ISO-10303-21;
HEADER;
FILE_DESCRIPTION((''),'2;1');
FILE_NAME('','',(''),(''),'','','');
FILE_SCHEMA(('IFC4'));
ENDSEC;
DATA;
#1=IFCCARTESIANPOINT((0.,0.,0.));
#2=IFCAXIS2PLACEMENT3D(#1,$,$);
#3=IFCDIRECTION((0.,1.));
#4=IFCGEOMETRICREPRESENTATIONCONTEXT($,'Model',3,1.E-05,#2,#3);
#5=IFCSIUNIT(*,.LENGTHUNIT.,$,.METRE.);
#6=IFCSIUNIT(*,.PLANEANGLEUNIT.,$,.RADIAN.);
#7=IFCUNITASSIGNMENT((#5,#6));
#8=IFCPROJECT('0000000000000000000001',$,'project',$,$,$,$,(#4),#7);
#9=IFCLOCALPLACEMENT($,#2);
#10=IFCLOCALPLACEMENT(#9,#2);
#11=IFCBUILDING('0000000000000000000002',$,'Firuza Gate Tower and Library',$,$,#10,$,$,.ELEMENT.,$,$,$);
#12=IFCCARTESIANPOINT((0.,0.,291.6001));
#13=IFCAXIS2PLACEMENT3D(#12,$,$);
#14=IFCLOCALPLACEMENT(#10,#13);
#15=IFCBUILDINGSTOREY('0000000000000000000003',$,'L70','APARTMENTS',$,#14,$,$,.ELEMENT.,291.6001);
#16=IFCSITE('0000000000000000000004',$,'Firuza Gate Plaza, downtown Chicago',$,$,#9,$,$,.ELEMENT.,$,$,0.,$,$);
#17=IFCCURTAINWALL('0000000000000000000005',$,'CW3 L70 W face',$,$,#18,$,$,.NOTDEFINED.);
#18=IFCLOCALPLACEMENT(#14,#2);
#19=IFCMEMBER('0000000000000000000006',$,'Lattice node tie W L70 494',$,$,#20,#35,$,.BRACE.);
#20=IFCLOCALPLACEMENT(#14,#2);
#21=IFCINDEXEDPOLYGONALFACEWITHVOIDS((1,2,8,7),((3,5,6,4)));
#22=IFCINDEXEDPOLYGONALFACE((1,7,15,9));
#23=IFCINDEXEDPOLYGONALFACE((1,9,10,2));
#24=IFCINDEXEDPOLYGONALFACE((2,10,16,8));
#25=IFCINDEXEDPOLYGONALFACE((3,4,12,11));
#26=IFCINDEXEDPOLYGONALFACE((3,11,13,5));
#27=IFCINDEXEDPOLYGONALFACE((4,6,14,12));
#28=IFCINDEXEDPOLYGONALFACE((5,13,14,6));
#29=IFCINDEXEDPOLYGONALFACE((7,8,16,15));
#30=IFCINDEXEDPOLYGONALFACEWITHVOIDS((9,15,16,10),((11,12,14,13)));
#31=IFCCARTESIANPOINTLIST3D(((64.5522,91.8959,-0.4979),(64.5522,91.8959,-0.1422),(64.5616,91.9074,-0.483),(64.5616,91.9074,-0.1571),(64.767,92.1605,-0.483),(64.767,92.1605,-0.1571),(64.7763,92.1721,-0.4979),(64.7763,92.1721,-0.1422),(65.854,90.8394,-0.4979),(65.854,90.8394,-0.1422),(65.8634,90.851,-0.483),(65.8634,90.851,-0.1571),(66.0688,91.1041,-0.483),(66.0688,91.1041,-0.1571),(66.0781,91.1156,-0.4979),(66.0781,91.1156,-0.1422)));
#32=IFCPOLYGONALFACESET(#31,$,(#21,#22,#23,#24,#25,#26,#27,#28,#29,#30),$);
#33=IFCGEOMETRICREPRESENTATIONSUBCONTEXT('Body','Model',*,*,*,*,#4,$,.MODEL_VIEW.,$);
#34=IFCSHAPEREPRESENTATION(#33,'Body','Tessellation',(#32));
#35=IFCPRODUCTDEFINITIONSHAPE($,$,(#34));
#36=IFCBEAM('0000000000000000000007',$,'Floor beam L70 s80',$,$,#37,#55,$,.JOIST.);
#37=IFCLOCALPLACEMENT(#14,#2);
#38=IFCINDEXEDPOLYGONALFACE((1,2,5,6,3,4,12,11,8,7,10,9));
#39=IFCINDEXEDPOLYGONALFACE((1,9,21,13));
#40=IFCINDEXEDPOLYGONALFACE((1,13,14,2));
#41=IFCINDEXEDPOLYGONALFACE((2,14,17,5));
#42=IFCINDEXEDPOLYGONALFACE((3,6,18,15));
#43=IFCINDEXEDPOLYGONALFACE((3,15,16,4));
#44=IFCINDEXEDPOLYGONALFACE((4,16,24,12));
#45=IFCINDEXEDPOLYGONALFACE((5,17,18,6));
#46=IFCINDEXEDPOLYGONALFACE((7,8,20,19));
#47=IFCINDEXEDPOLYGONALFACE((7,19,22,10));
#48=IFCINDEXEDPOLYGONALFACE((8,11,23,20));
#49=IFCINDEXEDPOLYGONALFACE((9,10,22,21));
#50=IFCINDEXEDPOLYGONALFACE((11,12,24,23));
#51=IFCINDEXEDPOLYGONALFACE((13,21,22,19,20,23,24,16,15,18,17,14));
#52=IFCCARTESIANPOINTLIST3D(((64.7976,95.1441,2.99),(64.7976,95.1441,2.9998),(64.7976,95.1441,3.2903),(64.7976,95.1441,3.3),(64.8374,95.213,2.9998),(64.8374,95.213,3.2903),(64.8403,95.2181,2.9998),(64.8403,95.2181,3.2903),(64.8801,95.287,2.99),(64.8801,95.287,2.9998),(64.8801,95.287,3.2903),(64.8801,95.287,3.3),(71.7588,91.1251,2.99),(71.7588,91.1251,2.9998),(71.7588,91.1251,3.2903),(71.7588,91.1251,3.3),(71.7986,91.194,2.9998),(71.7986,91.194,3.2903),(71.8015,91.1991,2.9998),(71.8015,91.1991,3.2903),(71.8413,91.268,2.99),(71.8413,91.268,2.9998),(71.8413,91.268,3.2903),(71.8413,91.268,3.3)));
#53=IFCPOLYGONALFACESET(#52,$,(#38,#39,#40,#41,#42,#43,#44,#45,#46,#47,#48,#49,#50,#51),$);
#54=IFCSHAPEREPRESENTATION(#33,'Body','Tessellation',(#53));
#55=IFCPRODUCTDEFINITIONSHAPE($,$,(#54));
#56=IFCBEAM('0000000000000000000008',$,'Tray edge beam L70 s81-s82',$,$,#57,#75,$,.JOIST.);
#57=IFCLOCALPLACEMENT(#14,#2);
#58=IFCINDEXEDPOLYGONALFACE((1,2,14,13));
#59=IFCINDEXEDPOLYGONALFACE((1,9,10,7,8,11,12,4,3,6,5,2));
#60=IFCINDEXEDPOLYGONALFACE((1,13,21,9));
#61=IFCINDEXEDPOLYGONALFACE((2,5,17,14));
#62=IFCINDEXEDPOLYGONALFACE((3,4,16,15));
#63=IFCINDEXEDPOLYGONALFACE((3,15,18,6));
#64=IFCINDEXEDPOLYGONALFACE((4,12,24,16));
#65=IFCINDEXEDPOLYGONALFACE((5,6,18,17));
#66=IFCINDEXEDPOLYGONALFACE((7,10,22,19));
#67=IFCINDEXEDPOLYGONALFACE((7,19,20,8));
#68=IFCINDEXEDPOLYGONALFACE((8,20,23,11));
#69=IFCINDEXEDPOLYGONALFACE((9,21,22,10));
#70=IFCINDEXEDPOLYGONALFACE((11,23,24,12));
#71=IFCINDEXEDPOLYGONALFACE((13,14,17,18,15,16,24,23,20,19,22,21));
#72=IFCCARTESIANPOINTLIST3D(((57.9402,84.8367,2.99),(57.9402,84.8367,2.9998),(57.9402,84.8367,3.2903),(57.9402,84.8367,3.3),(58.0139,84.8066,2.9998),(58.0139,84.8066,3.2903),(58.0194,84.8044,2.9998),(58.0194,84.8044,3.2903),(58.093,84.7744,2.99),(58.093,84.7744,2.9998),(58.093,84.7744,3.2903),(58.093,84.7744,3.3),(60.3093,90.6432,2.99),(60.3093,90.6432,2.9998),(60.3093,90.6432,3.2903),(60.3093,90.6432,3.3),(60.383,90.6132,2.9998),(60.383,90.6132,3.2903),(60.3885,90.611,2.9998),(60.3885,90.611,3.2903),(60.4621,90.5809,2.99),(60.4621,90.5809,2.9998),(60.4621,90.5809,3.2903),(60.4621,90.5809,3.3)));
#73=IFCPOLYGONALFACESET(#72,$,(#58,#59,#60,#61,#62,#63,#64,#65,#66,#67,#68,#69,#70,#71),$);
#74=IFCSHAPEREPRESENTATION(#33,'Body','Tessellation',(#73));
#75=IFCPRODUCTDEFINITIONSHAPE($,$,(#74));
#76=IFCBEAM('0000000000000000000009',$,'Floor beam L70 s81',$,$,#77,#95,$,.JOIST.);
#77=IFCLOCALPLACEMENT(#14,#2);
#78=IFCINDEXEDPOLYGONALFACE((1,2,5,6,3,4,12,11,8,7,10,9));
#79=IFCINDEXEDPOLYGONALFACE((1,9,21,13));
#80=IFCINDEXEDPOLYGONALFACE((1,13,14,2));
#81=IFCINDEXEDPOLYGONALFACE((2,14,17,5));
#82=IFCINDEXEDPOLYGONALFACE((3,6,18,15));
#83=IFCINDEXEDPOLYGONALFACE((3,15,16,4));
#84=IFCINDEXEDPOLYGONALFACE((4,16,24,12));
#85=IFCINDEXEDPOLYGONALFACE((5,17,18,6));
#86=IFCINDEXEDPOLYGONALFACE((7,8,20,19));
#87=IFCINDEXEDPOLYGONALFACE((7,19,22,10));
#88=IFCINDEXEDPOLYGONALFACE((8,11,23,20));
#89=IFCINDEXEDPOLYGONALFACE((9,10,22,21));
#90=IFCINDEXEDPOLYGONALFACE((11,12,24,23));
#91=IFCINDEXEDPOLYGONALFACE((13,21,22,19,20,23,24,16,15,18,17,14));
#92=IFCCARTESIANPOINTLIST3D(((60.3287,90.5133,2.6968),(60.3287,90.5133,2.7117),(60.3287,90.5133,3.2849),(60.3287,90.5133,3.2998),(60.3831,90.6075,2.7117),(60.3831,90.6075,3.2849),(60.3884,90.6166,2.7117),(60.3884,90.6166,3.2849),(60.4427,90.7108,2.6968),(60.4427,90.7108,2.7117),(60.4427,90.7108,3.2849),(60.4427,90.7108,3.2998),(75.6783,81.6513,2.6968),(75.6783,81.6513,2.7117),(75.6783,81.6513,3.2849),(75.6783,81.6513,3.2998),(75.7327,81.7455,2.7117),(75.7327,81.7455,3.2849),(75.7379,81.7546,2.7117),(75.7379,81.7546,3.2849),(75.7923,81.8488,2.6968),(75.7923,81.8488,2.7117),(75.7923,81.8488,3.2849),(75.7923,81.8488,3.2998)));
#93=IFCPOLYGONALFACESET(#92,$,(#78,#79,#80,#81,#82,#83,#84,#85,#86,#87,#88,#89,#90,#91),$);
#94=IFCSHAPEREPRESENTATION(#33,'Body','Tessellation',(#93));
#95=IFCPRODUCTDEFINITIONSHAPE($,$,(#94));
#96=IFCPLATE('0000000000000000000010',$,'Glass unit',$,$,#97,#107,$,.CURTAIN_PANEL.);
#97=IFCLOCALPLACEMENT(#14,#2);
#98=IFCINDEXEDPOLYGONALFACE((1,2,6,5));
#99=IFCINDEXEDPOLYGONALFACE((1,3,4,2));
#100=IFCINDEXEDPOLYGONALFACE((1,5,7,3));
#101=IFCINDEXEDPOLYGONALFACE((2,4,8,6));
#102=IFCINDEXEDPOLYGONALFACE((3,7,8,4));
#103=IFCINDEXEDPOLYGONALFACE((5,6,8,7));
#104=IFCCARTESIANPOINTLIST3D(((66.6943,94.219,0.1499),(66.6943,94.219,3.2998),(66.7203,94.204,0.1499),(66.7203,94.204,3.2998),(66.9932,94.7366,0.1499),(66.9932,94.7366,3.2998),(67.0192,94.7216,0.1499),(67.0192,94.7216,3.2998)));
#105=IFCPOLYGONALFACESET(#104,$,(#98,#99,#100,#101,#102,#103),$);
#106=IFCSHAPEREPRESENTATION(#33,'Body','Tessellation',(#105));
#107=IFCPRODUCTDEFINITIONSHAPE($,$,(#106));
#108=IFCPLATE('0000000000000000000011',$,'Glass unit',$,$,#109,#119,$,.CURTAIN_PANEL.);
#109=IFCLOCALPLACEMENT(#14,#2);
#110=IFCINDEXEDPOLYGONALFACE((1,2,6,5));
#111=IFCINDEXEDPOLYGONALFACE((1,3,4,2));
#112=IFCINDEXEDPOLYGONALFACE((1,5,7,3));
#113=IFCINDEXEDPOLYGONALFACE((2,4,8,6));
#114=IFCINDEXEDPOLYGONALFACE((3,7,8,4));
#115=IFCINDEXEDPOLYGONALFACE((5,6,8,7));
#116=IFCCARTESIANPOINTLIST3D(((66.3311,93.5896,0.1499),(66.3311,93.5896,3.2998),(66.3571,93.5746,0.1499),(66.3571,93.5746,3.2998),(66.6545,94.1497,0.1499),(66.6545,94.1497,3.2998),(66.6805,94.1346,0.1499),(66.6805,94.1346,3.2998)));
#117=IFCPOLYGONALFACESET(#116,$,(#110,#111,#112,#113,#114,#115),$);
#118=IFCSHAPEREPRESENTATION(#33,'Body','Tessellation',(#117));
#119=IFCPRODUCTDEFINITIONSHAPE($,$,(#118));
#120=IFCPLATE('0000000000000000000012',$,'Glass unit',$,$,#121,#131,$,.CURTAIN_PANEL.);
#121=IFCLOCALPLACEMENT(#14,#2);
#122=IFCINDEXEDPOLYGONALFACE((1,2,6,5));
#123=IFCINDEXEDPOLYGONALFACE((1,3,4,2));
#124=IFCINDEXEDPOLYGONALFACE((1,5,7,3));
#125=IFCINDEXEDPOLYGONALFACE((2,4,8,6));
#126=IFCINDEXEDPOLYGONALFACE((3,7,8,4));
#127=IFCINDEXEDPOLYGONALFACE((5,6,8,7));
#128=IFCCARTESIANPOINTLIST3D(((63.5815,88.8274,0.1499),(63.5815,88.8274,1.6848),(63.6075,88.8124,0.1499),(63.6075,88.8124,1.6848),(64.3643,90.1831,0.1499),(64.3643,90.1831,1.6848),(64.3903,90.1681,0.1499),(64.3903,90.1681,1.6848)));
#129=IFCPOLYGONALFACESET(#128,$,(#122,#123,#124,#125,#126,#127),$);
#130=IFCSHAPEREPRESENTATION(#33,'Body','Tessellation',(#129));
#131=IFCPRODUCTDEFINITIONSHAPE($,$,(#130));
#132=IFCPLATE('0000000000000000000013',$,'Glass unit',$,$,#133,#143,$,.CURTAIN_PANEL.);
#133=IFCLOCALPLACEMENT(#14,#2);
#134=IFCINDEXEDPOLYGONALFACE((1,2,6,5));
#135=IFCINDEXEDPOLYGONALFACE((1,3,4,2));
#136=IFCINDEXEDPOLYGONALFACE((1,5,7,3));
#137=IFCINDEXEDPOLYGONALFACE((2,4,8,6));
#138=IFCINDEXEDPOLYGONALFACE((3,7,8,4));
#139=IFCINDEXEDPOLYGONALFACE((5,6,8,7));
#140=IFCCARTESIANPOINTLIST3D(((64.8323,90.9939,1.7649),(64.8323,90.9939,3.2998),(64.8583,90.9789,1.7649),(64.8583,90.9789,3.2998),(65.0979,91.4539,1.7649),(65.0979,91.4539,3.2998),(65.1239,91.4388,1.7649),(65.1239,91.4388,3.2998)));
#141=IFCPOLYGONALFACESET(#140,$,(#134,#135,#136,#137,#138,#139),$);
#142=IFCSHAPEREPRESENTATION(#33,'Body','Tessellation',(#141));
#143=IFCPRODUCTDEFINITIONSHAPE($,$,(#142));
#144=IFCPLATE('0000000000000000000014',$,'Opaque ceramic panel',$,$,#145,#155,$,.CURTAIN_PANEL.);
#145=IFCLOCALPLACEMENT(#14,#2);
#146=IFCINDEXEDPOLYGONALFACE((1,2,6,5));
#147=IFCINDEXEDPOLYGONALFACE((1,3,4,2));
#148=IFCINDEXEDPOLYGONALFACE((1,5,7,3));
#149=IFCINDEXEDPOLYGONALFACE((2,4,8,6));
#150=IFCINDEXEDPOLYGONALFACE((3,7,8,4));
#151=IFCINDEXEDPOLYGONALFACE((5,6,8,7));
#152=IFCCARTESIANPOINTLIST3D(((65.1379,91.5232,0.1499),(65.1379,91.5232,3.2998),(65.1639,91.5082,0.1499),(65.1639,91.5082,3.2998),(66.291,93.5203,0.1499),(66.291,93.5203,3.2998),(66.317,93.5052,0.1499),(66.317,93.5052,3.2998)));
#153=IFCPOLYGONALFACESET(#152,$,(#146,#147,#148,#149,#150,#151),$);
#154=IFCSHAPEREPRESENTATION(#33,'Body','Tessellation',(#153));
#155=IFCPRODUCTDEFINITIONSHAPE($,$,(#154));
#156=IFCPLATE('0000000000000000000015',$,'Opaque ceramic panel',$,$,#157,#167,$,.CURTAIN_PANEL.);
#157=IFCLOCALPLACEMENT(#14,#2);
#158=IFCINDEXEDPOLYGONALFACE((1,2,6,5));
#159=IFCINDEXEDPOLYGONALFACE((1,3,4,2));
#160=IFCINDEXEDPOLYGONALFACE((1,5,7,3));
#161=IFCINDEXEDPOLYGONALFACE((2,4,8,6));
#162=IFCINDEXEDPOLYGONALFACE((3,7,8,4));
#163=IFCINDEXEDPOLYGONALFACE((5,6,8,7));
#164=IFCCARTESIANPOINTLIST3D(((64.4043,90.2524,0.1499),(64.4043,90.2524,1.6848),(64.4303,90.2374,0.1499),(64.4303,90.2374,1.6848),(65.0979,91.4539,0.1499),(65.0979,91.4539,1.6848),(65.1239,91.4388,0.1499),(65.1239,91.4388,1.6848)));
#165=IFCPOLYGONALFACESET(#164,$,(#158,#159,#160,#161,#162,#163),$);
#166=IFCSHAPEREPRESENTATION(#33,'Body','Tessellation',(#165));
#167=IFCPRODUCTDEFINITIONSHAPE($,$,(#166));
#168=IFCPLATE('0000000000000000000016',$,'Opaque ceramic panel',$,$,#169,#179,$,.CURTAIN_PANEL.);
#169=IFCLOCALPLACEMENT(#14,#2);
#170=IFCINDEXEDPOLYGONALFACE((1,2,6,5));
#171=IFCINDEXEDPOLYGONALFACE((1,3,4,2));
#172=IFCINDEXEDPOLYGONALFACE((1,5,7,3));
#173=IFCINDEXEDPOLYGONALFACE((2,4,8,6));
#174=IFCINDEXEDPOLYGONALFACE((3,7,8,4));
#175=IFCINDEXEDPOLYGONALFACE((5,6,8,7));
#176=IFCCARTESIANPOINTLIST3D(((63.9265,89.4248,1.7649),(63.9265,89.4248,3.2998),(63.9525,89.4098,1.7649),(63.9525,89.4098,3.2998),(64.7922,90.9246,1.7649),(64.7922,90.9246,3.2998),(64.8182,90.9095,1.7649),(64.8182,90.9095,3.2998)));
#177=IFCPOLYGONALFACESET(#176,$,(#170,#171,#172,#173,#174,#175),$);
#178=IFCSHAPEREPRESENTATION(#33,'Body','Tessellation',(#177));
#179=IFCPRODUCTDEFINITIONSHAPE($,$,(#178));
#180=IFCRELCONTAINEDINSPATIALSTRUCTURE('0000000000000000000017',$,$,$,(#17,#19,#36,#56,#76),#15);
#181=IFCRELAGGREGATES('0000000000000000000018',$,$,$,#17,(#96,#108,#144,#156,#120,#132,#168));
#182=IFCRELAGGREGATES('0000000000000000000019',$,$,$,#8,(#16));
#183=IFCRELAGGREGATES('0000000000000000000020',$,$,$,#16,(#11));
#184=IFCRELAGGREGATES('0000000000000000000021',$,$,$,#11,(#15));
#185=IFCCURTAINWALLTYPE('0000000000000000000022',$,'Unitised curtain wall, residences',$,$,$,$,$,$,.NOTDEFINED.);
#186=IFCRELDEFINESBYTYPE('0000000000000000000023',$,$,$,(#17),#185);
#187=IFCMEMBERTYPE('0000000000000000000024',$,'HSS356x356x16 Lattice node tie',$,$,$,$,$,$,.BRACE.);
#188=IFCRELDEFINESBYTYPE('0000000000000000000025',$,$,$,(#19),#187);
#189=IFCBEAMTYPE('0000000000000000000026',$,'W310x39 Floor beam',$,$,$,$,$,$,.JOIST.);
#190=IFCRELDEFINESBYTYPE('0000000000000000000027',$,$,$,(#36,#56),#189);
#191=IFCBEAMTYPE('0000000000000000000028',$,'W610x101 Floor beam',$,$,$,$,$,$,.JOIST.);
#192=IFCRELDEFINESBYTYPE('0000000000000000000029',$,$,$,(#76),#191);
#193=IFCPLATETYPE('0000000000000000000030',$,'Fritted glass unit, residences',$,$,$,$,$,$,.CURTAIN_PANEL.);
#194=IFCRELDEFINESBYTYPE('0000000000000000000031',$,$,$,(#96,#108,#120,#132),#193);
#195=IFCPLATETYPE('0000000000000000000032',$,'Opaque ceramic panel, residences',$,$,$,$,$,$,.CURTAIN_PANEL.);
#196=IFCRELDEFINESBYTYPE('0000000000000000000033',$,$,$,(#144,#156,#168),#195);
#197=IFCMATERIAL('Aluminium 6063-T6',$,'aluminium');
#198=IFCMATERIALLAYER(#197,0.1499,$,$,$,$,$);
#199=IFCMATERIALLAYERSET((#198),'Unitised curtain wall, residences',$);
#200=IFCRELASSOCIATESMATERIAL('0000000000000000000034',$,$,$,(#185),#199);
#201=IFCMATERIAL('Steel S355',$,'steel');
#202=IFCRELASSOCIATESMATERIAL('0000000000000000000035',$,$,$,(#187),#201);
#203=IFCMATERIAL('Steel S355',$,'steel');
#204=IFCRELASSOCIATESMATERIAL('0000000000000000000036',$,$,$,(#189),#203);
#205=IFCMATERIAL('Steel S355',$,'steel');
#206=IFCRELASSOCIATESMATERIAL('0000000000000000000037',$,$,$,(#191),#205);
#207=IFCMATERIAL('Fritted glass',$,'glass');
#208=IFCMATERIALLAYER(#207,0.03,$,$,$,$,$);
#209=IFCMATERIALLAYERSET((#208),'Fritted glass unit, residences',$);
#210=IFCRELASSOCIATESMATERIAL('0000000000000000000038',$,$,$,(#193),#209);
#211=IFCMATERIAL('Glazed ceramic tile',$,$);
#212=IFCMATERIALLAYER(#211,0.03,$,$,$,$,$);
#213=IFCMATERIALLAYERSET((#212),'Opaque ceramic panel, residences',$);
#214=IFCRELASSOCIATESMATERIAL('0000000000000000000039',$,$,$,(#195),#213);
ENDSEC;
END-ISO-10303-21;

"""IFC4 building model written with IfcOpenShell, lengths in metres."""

from ifc_helpers import new_model, si_unit, direction, frame, origin, origin_2d, place, context, subcontext, project, spatial, polyline, hollow_rectangle, i_section, outline, extrude, material, layer, layer_set, material_profile, profile_set, type_object, element, aggregate, save


model = new_model("IFC4")

# Units and contexts
model_context = context("Model", 3, precision=1e-05, world=origin(), true_north=direction((0.0, 1.0)))
body_context = subcontext(model_context, "Body", "Model", "MODEL_VIEW")
ifc_project = project(units=[si_unit("LENGTHUNIT", "METRE"), si_unit("PLANEANGLEUNIT", "RADIAN")], contexts=[model_context])

# Site, building, storey
site_placement = place(None, origin())
site = spatial("IfcSite", under=ifc_project, at=site_placement, Name="Firuza Gate Plaza, downtown Chicago", CompositionType="ELEMENT", RefElevation=0.0)
building_placement = place(site_placement, origin())
building = spatial("IfcBuilding", under=site, at=building_placement, Name="Firuza Gate Tower and Library", CompositionType="ELEMENT")
storey_placement = place(building_placement, frame((0.0, 0.0, 291.6001)))
storey = spatial("IfcBuildingStorey", under=building, at=storey_placement, Name="L70", Description="APARTMENTS", CompositionType="ELEMENT", Elevation=291.6001)

# Curtain wall
ifc_material_1 = material(Name="Aluminium 6063-T6", Category="aluminium")
ifc_layer_1 = layer(ifc_material_1, 0.1499)
ifc_layer_set_1 = layer_set([ifc_layer_1], Name="Unitised curtain wall, residences")
curtain_wall_type = type_object("IfcCurtainWallType", Name="Unitised curtain wall, residences", PredefinedType="NOTDEFINED", material=ifc_layer_set_1)
placement = place(storey_placement, origin())
curtain_wall = element("IfcCurtainWall", 1, at=placement, inside=storey, type_object=curtain_wall_type, Name="CW3 L70 W face", PredefinedType="NOTDEFINED")

# Member
ifc_material_2 = material(Name="Steel S355", Category="steel")
ifc_material_profile_1 = material_profile(ifc_material_2, hollow_rectangle(XDim=0.3557, YDim=0.3557, WallThickness=0.0149, at=origin_2d()))
ifc_profile_set_1 = profile_set([ifc_material_profile_1], Name="Steel S355")
member_type_1 = type_object("IfcMemberType", Name="HSS356x356x16 Lattice node tie", PredefinedType="BRACE", material=ifc_profile_set_1)
member_1_placement = place(storey_placement, frame((65.9661, 90.9775, -0.3201), z_axis=(-0.776488, 0.630132, 0.0), x_axis=(-0.630132, -0.776488, 0.0)))
element("IfcMember", 2, at=member_1_placement, inside=storey, type_object=member_type_1, Name="Lattice node tie W L70 494", PredefinedType="BRACE", context=body_context, shape_type="SweptSolid", body=[
    extrude(hollow_rectangle(XDim=0.3557, YDim=0.3557, WallThickness=0.0149, at=origin_2d()), origin(), (0.0, 0.0, 1.0), 1.6765),
])

# Beams
ifc_material_3 = material(Name="Steel S355", Category="steel")
ifc_material_profile_2 = material_profile(ifc_material_3, i_section(OverallWidth=0.165, OverallDepth=0.3101, WebThickness=0.0059, FlangeThickness=0.0098, at=origin_2d()))
ifc_profile_set_2 = profile_set([ifc_material_profile_2], Name="Steel S355")
beam_type_1 = type_object("IfcBeamType", Name="W310x39 Floor beam", PredefinedType="JOIST", material=ifc_profile_set_2)
beam_1_placement = place(storey_placement, frame((64.8389, 95.2156, 3.145), z_axis=(0.866025, -0.5, 0.0), x_axis=(0.5, 0.866025, 0.0)))
element("IfcBeam", 3, at=beam_1_placement, inside=storey, type_object=beam_type_1, Name="Floor beam L70 s80", PredefinedType="JOIST", context=body_context, shape_type="SweptSolid", body=[
    extrude(i_section(OverallWidth=0.165, OverallDepth=0.3101, WebThickness=0.0059, FlangeThickness=0.0098, at=origin_2d()), origin(), (0.0, 0.0, 1.0), 8.0381),
])
beam_2_placement = place(storey_placement, frame((60.3857, 90.6121, 3.145), z_axis=(-0.377772, -0.925899, 0.0), x_axis=(0.925899, -0.377772, 0.0)))
element("IfcBeam", 4, at=beam_2_placement, inside=storey, type_object=beam_type_1, Name="Tray edge beam L70 s81-s82", PredefinedType="JOIST", context=body_context, shape_type="SweptSolid", body=[
    extrude(i_section(OverallWidth=0.165, OverallDepth=0.3101, WebThickness=0.0059, FlangeThickness=0.0098, at=origin_2d()), origin(), (0.0, 0.0, 1.0), 6.2712),
])
ifc_material_4 = material(Name="Steel S355", Category="steel")
ifc_material_profile_3 = material_profile(ifc_material_4, i_section(OverallWidth=0.228, OverallDepth=0.603, WebThickness=0.0105, FlangeThickness=0.0149, at=origin_2d()))
ifc_profile_set_3 = profile_set([ifc_material_profile_3], Name="Steel S355")
beam_type_2 = type_object("IfcBeamType", Name="W610x101 Floor beam", PredefinedType="JOIST", material=ifc_profile_set_3)
beam_3_placement = place(storey_placement, frame((60.3857, 90.6121, 2.9983), z_axis=(0.866026, -0.499998, 0.0), x_axis=(0.499998, 0.866026, 0.0)))
element("IfcBeam", 5, at=beam_3_placement, inside=storey, type_object=beam_type_2, Name="Floor beam L70 s81", PredefinedType="JOIST", context=body_context, shape_type="SweptSolid", body=[
    extrude(i_section(OverallWidth=0.228, OverallDepth=0.603, WebThickness=0.0105, FlangeThickness=0.0149, at=origin_2d()), origin(), (0.0, 0.0, 1.0), 17.7241),
])

# Plates
ifc_material_5 = material(Name="Fritted glass", Category="glass")
ifc_layer_2 = layer(ifc_material_5, 0.03)
ifc_layer_set_2 = layer_set([ifc_layer_2], Name="Fritted glass unit, residences")
plate_type_1 = type_object("IfcPlateType", Name="Fritted glass unit, residences", PredefinedType="CURTAIN_PANEL", material=ifc_layer_set_2)
plate_1_placement = place(storey_placement, frame((66.9932, 94.7366, 0.1499), z_axis=(-0.866022, 0.500005, 0.0), x_axis=(-0.500005, -0.866022, 0.0)))
plate_1 = element("IfcPlate", 6, at=plate_1_placement, type_object=plate_type_1, Name="Glass unit", PredefinedType="CURTAIN_PANEL", context=body_context, shape_type="SweptSolid", body=[
    extrude(outline(polyline([(0.0, 0.0), (0.5976, 0.0), (0.5976, 3.1499), (0.0, 3.1499), (0.0, 0.0)])), origin(), (0.0, 0.0, -1.0), 0.03),
])
plate_2_placement = place(storey_placement, frame((66.6545, 94.1497, 0.1499), z_axis=(-0.865934, 0.500158, 0.0), x_axis=(-0.500158, -0.865934, 0.0)))
plate_2 = element("IfcPlate", 7, at=plate_2_placement, type_object=plate_type_1, Name="Glass unit", PredefinedType="CURTAIN_PANEL", context=body_context, shape_type="SweptSolid", body=[
    extrude(outline(polyline([(0.0, 0.0), (0.6468, 0.0), (0.6468, 3.1499), (0.0, 3.1499), (0.0, 0.0)])), origin(), (0.0, 0.0, -1.0), 0.03),
])
plate_3_placement = place(storey_placement, frame((64.3643, 90.1831, 0.1499), z_axis=(-0.866027, 0.499997, 0.0), x_axis=(-0.499997, -0.866027, 0.0)))
plate_3 = element("IfcPlate", 8, at=plate_3_placement, type_object=plate_type_1, Name="Glass unit", PredefinedType="CURTAIN_PANEL", context=body_context, shape_type="SweptSolid", body=[
    extrude(outline(polyline([(0.0, 0.0), (1.5654, 0.0), (1.5654, 1.5349), (0.0, 1.5349), (0.0, 0.0)])), origin(), (0.0, 0.0, -1.0), 0.03),
])
plate_4_placement = place(storey_placement, frame((65.0979, 91.4539, 1.7649), z_axis=(-0.865971, 0.500094, 0.0), x_axis=(-0.500094, -0.865971, 0.0)))
plate_4 = element("IfcPlate", 9, at=plate_4_placement, type_object=plate_type_1, Name="Glass unit", PredefinedType="CURTAIN_PANEL", context=body_context, shape_type="SweptSolid", body=[
    extrude(outline(polyline([(0.0, 0.0), (0.5312, 0.0), (0.5312, 1.5349), (0.0, 1.5349), (0.0, 0.0)])), origin(), (0.0, 0.0, -1.0), 0.03),
])
ifc_material_6 = material(Name="Glazed ceramic tile")
ifc_layer_3 = layer(ifc_material_6, 0.03)
ifc_layer_set_3 = layer_set([ifc_layer_3], Name="Opaque ceramic panel, residences")
plate_type_2 = type_object("IfcPlateType", Name="Opaque ceramic panel, residences", PredefinedType="CURTAIN_PANEL", material=ifc_layer_set_3)
plate_5_placement = place(storey_placement, frame((66.291, 93.5203, 0.1499), z_axis=(-0.866013, 0.500022, 0.0), x_axis=(-0.500022, -0.866013, 0.0)))
plate_5 = element("IfcPlate", 10, at=plate_5_placement, type_object=plate_type_2, Name="Opaque ceramic panel", PredefinedType="CURTAIN_PANEL", context=body_context, shape_type="SweptSolid", body=[
    extrude(outline(polyline([(0.0, 0.0), (2.3061, 0.0), (2.3061, 3.1499), (0.0, 3.1499), (0.0, 0.0)])), origin(), (0.0, 0.0, -1.0), 0.03),
])
plate_6_placement = place(storey_placement, frame((65.0979, 91.4539, 0.1499), z_axis=(-0.866036, 0.499981, 0.0), x_axis=(-0.499981, -0.866036, 0.0)))
plate_6 = element("IfcPlate", 11, at=plate_6_placement, type_object=plate_type_2, Name="Opaque ceramic panel", PredefinedType="CURTAIN_PANEL", context=body_context, shape_type="SweptSolid", body=[
    extrude(outline(polyline([(0.0, 0.0), (1.3873, 0.0), (1.3873, 1.5349), (0.0, 1.5349), (0.0, 0.0)])), origin(), (0.0, 0.0, -1.0), 0.03),
])
plate_7_placement = place(storey_placement, frame((64.7922, 90.9246, 1.7649), z_axis=(-0.866066, 0.49993, 0.0), x_axis=(-0.49993, -0.866066, 0.0)))
plate_7 = element("IfcPlate", 12, at=plate_7_placement, type_object=plate_type_2, Name="Opaque ceramic panel", PredefinedType="CURTAIN_PANEL", context=body_context, shape_type="SweptSolid", body=[
    extrude(outline(polyline([(0.0, 0.0), (1.7317, 0.0), (1.7317, 1.5349), (0.0, 1.5349), (0.0, 0.0)])), origin(), (0.0, 0.0, -1.0), 0.03),
])
aggregate(curtain_wall, [plate_1, plate_2, plate_5, plate_6, plate_3, plate_4, plate_7])

save(model, "model.ifc")
